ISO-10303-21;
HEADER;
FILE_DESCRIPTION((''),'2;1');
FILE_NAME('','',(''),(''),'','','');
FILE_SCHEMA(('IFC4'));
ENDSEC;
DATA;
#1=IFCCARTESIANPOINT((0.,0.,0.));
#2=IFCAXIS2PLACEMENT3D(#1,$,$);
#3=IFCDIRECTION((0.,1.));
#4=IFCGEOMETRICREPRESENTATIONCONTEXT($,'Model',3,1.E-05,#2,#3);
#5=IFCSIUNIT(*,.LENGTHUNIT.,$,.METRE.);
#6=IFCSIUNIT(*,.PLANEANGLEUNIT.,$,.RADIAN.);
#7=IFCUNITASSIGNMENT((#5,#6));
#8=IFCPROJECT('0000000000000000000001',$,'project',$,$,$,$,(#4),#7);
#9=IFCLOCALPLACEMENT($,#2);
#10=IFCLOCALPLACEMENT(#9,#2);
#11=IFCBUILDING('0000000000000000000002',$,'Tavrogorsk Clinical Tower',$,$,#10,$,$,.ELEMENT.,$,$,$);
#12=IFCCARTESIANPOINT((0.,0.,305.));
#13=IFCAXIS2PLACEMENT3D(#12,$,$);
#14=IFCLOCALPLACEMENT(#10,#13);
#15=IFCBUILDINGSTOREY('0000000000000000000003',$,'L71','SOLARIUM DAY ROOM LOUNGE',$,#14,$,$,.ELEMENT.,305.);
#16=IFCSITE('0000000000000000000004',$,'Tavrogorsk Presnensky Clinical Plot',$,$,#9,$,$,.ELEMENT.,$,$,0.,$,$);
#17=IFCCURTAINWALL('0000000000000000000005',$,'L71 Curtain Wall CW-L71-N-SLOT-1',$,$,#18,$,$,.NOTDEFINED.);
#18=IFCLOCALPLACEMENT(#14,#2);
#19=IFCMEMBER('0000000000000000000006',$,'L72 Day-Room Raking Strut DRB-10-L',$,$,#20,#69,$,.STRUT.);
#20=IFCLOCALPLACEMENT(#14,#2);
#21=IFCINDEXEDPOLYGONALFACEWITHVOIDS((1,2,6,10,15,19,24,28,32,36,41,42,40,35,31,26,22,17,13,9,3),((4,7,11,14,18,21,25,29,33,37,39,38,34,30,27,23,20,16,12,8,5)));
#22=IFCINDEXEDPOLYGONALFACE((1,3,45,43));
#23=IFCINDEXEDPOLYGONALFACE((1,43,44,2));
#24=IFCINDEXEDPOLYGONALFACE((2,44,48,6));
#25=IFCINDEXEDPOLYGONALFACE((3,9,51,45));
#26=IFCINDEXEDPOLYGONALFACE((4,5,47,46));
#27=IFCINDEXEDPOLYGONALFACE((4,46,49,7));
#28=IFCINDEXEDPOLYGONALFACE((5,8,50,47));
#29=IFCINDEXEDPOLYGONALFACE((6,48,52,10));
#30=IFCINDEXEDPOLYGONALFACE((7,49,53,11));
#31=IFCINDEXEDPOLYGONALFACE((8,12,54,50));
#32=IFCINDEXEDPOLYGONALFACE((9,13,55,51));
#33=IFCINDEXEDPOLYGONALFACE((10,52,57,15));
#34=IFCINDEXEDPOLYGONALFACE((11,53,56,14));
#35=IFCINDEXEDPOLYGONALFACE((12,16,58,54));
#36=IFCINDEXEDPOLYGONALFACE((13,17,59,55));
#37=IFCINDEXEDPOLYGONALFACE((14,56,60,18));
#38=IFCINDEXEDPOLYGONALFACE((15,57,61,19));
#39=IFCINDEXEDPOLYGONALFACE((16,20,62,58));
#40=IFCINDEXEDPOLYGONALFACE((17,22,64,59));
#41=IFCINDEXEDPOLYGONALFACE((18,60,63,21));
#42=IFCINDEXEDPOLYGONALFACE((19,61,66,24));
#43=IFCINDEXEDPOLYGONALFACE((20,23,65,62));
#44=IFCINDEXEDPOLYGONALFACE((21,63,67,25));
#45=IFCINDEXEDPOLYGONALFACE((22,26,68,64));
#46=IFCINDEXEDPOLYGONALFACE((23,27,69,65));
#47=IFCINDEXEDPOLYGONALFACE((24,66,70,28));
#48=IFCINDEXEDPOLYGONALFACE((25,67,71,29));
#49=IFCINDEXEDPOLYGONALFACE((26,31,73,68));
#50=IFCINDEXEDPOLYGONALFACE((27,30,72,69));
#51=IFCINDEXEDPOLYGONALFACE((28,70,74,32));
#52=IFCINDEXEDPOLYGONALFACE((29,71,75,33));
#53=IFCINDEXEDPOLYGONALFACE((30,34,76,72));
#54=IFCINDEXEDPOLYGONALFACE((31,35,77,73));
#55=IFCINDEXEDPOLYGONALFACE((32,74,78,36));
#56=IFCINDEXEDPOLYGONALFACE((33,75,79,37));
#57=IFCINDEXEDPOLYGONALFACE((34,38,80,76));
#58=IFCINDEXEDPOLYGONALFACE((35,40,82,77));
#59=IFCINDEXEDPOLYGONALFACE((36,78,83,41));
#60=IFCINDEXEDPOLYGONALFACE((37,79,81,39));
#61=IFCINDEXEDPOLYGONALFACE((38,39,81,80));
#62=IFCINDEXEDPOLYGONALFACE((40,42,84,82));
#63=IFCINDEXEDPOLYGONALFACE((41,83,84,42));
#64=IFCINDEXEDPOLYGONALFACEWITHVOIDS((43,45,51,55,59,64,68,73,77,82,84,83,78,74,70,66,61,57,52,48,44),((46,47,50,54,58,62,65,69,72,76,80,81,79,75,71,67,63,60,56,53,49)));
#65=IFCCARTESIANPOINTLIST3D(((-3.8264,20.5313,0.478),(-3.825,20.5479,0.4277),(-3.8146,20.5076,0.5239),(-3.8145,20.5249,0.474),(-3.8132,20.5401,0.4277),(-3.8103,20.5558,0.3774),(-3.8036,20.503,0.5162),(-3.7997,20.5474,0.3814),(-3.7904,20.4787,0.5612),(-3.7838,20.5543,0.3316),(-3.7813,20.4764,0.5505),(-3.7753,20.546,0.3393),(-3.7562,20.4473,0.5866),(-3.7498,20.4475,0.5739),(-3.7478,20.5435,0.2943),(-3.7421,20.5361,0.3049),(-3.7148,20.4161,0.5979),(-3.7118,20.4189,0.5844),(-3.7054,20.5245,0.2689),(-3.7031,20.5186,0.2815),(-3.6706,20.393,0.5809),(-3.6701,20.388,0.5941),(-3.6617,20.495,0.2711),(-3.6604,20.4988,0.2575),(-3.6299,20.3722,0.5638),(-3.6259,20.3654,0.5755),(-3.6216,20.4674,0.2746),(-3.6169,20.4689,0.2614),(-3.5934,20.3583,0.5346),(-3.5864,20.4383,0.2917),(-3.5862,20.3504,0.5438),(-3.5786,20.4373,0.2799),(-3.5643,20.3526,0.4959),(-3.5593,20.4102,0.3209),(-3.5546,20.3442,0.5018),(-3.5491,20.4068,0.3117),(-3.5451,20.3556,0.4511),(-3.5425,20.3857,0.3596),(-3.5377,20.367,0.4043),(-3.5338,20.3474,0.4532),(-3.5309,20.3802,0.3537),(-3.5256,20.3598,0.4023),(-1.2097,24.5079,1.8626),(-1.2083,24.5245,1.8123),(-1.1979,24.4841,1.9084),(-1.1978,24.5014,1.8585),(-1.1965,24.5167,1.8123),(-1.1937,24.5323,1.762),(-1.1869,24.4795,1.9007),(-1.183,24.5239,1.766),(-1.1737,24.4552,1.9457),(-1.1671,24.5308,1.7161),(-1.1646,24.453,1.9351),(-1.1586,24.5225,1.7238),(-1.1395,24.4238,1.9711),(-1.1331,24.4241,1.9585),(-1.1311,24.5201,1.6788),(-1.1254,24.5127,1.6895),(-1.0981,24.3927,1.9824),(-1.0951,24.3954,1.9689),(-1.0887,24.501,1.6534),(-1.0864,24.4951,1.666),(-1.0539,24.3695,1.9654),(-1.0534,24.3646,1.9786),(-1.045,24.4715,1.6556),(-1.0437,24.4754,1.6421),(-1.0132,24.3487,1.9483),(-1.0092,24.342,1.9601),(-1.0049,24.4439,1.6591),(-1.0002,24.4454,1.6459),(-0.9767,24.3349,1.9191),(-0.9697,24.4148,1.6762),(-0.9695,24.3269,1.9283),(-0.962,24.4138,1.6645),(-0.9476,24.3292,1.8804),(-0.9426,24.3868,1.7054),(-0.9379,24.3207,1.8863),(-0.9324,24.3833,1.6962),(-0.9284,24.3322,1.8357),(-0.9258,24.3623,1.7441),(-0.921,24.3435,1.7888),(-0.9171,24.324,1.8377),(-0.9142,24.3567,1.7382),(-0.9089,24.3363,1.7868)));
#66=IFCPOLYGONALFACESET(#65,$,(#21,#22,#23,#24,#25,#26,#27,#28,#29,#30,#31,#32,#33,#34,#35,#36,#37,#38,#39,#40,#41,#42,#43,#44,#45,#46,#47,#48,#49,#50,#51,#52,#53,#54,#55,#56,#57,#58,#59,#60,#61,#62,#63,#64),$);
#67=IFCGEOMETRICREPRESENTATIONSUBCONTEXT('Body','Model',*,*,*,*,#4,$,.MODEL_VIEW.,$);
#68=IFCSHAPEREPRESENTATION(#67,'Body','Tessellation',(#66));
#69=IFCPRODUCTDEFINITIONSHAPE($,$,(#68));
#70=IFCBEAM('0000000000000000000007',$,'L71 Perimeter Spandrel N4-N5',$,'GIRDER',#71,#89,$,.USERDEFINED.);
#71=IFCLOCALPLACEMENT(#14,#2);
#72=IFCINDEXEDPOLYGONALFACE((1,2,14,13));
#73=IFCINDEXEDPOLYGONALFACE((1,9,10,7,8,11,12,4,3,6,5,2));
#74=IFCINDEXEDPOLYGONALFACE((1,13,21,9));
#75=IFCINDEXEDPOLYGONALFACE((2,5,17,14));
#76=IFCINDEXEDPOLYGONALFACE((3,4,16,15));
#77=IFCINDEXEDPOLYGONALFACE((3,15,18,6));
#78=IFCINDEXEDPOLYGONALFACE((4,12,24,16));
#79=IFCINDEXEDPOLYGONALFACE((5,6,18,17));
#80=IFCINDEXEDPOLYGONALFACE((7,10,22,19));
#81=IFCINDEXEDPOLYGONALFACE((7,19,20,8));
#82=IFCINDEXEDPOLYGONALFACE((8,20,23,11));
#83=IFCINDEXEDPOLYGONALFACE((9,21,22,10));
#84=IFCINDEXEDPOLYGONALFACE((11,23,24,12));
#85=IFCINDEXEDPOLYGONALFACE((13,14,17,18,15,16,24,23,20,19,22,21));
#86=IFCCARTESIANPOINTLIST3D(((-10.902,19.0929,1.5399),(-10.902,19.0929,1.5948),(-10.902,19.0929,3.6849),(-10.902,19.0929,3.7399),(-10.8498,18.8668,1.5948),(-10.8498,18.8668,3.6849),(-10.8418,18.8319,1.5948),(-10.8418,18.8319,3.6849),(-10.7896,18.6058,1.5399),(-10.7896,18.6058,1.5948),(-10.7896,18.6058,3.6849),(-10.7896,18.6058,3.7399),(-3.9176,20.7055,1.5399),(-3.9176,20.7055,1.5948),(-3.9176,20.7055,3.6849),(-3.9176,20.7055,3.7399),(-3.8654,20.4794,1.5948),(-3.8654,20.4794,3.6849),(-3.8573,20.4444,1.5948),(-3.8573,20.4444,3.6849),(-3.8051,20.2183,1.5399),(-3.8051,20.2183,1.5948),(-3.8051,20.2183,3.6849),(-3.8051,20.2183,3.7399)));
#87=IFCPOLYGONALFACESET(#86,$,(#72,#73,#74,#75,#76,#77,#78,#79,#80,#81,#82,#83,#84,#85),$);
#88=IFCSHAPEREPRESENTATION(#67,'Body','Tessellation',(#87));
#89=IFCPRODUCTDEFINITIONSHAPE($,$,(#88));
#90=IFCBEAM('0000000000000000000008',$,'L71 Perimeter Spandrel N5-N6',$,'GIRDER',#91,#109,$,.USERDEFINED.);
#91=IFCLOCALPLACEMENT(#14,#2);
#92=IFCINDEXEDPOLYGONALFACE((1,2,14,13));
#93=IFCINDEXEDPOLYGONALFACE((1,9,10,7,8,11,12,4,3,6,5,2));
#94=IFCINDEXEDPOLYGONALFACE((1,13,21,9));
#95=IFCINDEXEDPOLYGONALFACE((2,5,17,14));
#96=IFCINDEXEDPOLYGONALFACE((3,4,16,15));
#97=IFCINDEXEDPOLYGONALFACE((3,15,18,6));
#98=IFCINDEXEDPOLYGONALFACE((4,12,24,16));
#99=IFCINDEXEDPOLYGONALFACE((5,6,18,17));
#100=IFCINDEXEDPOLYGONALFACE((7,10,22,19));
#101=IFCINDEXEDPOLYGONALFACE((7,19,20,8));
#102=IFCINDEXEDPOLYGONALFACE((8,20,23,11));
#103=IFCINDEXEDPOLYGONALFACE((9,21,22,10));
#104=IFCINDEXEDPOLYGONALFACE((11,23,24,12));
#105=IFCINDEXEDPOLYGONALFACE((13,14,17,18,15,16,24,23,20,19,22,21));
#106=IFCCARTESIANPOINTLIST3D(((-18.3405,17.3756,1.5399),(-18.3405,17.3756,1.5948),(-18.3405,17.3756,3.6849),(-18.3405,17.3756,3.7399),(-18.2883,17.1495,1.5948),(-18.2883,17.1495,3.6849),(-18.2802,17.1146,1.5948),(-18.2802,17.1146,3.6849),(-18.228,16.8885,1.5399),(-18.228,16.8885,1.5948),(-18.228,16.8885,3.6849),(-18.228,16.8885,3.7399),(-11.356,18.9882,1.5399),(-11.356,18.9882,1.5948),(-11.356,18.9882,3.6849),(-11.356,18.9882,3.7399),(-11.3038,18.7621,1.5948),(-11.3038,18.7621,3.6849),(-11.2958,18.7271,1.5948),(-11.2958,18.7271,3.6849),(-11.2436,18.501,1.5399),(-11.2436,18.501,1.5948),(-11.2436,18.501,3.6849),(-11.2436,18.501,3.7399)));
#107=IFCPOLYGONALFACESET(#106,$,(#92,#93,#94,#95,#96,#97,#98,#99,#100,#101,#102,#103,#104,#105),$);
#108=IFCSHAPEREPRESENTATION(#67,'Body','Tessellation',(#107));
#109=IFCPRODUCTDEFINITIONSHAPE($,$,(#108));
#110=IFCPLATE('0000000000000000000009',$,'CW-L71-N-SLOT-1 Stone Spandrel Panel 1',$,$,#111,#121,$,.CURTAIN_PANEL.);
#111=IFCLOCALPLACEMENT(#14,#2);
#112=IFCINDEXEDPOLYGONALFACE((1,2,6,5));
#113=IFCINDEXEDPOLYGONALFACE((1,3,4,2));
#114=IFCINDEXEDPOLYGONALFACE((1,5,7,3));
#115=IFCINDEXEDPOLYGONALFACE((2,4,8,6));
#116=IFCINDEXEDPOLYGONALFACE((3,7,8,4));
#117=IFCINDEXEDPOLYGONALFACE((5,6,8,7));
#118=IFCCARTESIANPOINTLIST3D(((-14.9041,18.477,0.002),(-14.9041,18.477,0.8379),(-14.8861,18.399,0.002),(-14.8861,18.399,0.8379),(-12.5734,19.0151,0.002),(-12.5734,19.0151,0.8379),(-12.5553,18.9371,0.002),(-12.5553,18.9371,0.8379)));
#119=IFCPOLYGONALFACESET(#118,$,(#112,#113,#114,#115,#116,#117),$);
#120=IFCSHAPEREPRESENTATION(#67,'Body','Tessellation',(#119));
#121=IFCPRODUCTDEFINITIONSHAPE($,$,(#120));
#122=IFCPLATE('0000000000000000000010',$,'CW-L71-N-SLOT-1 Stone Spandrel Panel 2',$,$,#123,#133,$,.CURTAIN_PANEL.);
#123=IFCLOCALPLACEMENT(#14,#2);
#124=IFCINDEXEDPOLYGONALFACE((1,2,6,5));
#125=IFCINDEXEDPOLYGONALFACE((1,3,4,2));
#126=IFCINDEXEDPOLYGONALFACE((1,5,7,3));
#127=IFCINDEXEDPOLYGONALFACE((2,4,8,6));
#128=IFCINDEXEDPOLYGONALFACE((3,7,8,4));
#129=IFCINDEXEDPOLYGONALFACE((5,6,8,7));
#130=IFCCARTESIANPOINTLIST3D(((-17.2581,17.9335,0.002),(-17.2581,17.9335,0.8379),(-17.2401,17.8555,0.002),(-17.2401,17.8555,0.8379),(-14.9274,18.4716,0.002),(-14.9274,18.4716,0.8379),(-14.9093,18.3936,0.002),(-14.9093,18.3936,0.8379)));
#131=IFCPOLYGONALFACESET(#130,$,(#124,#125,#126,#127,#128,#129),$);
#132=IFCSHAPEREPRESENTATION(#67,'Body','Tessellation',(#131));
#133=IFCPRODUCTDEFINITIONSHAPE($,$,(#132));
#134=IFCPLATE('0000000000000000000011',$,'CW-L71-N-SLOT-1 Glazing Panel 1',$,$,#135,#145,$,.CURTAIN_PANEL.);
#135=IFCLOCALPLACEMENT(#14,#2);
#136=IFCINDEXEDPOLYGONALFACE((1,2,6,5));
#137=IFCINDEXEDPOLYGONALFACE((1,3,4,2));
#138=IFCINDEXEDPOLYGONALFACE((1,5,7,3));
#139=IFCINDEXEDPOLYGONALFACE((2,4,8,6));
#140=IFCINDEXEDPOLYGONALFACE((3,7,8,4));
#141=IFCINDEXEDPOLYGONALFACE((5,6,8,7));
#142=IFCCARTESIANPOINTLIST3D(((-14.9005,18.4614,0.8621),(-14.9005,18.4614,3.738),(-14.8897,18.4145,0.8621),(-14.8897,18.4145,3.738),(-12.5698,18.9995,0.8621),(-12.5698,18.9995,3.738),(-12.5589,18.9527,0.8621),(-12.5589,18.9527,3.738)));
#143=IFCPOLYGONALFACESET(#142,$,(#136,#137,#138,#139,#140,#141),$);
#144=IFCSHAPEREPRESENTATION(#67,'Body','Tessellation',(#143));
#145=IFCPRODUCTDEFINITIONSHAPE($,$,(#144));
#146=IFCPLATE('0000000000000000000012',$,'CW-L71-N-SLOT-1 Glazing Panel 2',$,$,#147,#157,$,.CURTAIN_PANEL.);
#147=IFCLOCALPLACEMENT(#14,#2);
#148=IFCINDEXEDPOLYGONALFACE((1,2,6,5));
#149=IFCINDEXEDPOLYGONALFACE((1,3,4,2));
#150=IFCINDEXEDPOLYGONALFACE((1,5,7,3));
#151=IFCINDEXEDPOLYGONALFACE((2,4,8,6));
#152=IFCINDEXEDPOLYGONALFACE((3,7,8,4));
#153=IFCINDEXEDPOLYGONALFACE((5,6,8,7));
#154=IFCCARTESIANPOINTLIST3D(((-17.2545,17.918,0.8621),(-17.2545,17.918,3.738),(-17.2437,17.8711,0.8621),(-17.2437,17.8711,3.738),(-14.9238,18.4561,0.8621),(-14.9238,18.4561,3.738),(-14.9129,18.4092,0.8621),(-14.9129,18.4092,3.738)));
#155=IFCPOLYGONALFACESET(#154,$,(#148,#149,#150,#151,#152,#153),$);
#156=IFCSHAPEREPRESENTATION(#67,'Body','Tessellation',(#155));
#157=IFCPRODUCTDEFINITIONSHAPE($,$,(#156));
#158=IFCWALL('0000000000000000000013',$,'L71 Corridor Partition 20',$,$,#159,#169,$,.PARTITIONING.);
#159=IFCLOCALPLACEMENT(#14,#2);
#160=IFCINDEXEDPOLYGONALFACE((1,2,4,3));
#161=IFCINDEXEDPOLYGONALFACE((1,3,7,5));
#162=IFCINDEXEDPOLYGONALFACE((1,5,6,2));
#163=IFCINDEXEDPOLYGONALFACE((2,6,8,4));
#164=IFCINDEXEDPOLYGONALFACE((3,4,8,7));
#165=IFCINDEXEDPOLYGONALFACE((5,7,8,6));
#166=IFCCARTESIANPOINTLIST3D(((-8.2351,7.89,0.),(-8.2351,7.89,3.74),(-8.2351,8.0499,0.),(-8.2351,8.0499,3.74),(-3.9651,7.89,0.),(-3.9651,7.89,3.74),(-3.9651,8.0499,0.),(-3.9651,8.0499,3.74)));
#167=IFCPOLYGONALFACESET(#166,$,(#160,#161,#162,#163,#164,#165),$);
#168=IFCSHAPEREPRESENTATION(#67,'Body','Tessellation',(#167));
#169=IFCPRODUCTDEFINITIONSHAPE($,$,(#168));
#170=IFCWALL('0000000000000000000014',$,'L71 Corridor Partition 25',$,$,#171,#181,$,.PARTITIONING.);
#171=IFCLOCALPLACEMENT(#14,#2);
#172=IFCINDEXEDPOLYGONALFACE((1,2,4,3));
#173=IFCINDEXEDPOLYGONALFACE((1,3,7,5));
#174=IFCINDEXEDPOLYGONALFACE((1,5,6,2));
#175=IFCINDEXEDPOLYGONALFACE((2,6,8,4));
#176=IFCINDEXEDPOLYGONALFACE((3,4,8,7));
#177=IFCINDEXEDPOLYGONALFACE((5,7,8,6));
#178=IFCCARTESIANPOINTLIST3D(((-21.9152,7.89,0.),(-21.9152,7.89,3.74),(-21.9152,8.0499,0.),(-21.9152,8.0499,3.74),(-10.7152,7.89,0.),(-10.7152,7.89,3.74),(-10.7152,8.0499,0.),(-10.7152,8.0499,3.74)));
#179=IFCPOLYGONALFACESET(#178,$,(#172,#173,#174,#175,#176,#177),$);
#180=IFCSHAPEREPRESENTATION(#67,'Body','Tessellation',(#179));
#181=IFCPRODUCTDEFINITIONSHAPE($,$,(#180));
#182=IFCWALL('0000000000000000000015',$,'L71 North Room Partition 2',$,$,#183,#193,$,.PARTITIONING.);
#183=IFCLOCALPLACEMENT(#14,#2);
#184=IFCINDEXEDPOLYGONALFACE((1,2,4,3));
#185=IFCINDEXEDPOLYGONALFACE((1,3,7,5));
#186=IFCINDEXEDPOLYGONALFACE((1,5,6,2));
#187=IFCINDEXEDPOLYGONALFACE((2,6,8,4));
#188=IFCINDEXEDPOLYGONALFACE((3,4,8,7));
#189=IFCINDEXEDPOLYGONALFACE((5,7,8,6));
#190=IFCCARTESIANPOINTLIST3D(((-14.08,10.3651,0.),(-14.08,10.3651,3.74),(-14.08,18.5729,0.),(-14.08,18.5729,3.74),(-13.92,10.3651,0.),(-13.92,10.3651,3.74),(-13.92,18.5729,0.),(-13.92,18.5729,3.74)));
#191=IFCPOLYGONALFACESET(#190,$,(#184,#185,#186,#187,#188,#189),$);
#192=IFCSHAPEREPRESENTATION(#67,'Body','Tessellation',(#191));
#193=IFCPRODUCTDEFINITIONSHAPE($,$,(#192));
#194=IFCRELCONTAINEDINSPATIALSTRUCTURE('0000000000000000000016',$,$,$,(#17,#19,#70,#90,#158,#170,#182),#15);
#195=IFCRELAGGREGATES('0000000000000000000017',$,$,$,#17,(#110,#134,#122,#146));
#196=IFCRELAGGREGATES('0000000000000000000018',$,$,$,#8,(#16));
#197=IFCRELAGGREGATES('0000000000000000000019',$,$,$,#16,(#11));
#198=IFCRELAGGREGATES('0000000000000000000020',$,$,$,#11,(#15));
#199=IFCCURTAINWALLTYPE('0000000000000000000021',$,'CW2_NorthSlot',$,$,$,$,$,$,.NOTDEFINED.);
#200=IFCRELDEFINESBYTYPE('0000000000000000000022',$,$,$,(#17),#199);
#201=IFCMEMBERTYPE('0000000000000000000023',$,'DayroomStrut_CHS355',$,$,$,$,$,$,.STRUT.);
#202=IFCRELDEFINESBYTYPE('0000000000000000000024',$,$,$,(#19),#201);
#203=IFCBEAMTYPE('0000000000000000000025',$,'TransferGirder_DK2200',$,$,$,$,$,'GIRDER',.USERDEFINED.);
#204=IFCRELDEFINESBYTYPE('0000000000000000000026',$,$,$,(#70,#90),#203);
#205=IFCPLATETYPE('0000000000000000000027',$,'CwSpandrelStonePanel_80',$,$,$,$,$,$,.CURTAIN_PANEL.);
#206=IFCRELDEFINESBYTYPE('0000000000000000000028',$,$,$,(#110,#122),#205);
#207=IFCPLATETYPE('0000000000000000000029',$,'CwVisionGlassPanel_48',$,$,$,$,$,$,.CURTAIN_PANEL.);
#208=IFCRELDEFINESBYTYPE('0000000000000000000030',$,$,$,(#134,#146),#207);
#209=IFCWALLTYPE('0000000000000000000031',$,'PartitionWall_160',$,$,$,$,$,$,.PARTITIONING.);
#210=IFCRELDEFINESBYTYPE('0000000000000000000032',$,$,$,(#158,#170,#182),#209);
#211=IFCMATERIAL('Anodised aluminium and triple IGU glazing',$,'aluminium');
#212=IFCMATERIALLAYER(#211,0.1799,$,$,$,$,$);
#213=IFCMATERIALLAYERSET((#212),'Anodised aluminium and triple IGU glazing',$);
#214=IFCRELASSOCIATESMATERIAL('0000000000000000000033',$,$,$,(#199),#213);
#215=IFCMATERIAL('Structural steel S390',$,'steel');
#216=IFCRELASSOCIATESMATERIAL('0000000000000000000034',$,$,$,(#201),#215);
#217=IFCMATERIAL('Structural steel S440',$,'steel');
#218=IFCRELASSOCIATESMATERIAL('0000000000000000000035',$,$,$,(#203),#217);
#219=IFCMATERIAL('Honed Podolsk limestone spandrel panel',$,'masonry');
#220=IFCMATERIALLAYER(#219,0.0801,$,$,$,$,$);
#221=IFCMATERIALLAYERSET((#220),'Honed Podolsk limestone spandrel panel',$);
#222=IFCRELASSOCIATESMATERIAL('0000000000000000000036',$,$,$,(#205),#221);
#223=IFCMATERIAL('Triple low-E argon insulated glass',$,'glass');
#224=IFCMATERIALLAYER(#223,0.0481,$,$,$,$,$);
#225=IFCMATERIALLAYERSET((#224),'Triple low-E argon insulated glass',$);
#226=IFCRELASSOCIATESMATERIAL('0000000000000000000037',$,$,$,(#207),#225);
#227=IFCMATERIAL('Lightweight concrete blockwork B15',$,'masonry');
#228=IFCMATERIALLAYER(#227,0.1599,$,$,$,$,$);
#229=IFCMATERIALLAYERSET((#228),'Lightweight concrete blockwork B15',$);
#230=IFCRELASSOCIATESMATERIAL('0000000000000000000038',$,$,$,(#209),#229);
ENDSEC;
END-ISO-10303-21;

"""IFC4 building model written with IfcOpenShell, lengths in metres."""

from ifc_helpers import new_model, si_unit, direction, frame, frame_2d, origin, origin_2d, place, context, subcontext, project, spatial, rectangle, hollow_circle, i_section, extrude, material, layer, layer_set, material_profile, profile_set, type_object, element, aggregate, save


model = new_model("IFC4")

# Units and contexts
model_context = context("Model", 3, precision=1e-05, world=origin(), true_north=direction((0.0, 1.0)))
body_context = subcontext(model_context, "Body", "Model", "MODEL_VIEW")
ifc_project = project(units=[si_unit("LENGTHUNIT", "METRE"), si_unit("PLANEANGLEUNIT", "RADIAN")], contexts=[model_context])

# Site, building, storey
site_placement = place(None, origin())
site = spatial("IfcSite", under=ifc_project, at=site_placement, Name="Tavrogorsk Presnensky Clinical Plot", CompositionType="ELEMENT", RefElevation=0.0)
building_placement = place(site_placement, origin())
building = spatial("IfcBuilding", under=site, at=building_placement, Name="Tavrogorsk Clinical Tower", CompositionType="ELEMENT")
storey_placement = place(building_placement, frame((0.0, 0.0, 305.0)))
storey = spatial("IfcBuildingStorey", under=building, at=storey_placement, Name="L71", Description="SOLARIUM DAY ROOM LOUNGE", CompositionType="ELEMENT", Elevation=305.0)

# Curtain wall
ifc_material_1 = material(Name="Anodised aluminium and triple IGU glazing", Category="aluminium")
ifc_layer_1 = layer(ifc_material_1, 0.1799)
ifc_layer_set_1 = layer_set([ifc_layer_1], Name="Anodised aluminium and triple IGU glazing")
curtain_wall_type = type_object("IfcCurtainWallType", Name="CW2_NorthSlot", PredefinedType="NOTDEFINED", material=ifc_layer_set_1)
curtain_wall_placement = place(storey_placement, origin())
curtain_wall = element("IfcCurtainWall", 1, at=curtain_wall_placement, inside=storey, type_object=curtain_wall_type, Name="L71 Curtain Wall CW-L71-N-SLOT-1", PredefinedType="NOTDEFINED")

# Member
ifc_material_2 = material(Name="Structural steel S390", Category="steel")
ifc_material_profile_1 = material_profile(ifc_material_2, hollow_circle(Radius=0.1777, WallThickness=0.0142, at=origin_2d()), Name="CHS-355.6x14.2")
ifc_profile_set_1 = profile_set([ifc_material_profile_1], Name="Structural steel S390")
member_type_1 = type_object("IfcMemberType", Name="DayroomStrut_CHS355", PredefinedType="STRUT", material=ifc_profile_set_1)
member_1_placement = place(storey_placement, frame((-3.6765, 20.4502, 0.4277), z_axis=(0.527824, 0.802126, 0.279277), x_axis=(-0.835365, 0.549696, 0.0)))
element("IfcMember", 2, at=member_1_placement, inside=storey, type_object=member_type_1, Name="L72 Day-Room Raking Strut DRB-10-L", PredefinedType="STRUT", context=body_context, shape_type="SweptSolid", body=[
    extrude(hollow_circle(Radius=0.1777, WallThickness=0.0142, at=origin_2d()), origin(), (0.0, 0.0, 1.0), 4.9575),
])

# Beams
ifc_material_3 = material(Name="Structural steel S440", Category="steel")
ifc_material_profile_2 = material_profile(ifc_material_3, i_section(OverallWidth=0.5, OverallDepth=2.2, WebThickness=0.0359, FlangeThickness=0.0549, at=origin_2d()), Name="DK-2200x500x36x55")
ifc_profile_set_2 = profile_set([ifc_material_profile_2], Name="Structural steel S440")
beam_type = type_object("IfcBeamType", Name="TransferGirder_DK2200", ElementType="GIRDER", PredefinedType="USERDEFINED", material=ifc_profile_set_2)
for number, where, z_axis, x_axis, name in (
    (3, (-3.8613, 20.4619, 2.6399), (-0.974368, -0.224961, 0.0), (0.224961, -0.974368, 0.0), "L71 Perimeter Spandrel N4-N5"),
    (4, (-11.2998, 18.7446, 2.6399), (-0.974368, -0.224961, 0.0), (0.224961, -0.974368, 0.0), "L71 Perimeter Spandrel N5-N6"),
):
    element("IfcBeam", number, at=place(storey_placement, frame(where, z_axis=z_axis, x_axis=x_axis)), inside=storey, type_object=beam_type, Name=name, ObjectType="GIRDER", PredefinedType="USERDEFINED", context=body_context, shape_type="SweptSolid", body=[
        extrude(i_section(OverallWidth=0.5, OverallDepth=2.2, WebThickness=0.0359, FlangeThickness=0.0549, at=origin_2d()), origin(), (0.0, 0.0, 1.0), 7.1682),
    ])

# Plates
ifc_material_4 = material(Name="Honed Podolsk limestone spandrel panel", Category="masonry")
ifc_layer_2 = layer(ifc_material_4, 0.0801)
ifc_layer_set_2 = layer_set([ifc_layer_2], Name="Honed Podolsk limestone spandrel panel")
plate_type_1 = type_object("IfcPlateType", Name="CwSpandrelStonePanel_80", PredefinedType="CURTAIN_PANEL", material=ifc_layer_set_2)
plate_1_placement = place(storey_placement, frame((-13.7297, 18.707, 0.002), z_axis=(0.0, 0.0, 1.0), x_axis=(-0.97437, -0.224951, 0.0)))
plate_1 = element("IfcPlate", 5, at=plate_1_placement, type_object=plate_type_1, Name="CW-L71-N-SLOT-1 Stone Spandrel Panel 1", PredefinedType="CURTAIN_PANEL", context=body_context, shape_type="SweptSolid", body=[
    extrude(rectangle(XDim=2.3921, YDim=0.0801, at=origin_2d()), origin(), (0.0, 0.0, 1.0), 0.8359),
])
plate_2_placement = place(storey_placement, frame((-16.0837, 18.1636, 0.002), z_axis=(0.0, 0.0, 1.0), x_axis=(-0.97437, -0.224951, 0.0)))
plate_2 = element("IfcPlate", 6, at=plate_2_placement, type_object=plate_type_1, Name="CW-L71-N-SLOT-1 Stone Spandrel Panel 2", PredefinedType="CURTAIN_PANEL", context=body_context, shape_type="SweptSolid", body=[
    extrude(rectangle(XDim=2.3921, YDim=0.0801, at=origin_2d()), origin(), (0.0, 0.0, 1.0), 0.8359),
])
ifc_material_5 = material(Name="Triple low-E argon insulated glass", Category="glass")
ifc_layer_3 = layer(ifc_material_5, 0.0481)
ifc_layer_set_3 = layer_set([ifc_layer_3], Name="Triple low-E argon insulated glass")
plate_type_2 = type_object("IfcPlateType", Name="CwVisionGlassPanel_48", PredefinedType="CURTAIN_PANEL", material=ifc_layer_set_3)
plate_3_placement = place(storey_placement, frame((-13.7297, 18.707, 0.8621), z_axis=(0.0, 0.0, 1.0), x_axis=(-0.97437, -0.224951, 0.0)))
plate_3 = element("IfcPlate", 7, at=plate_3_placement, type_object=plate_type_2, Name="CW-L71-N-SLOT-1 Glazing Panel 1", PredefinedType="CURTAIN_PANEL", context=body_context, shape_type="SweptSolid", body=[
    extrude(rectangle(XDim=2.3921, YDim=0.0481, at=origin_2d()), origin(), (0.0, 0.0, 1.0), 2.876),
])
plate_4_placement = place(storey_placement, frame((-16.0837, 18.1636, 0.8621), z_axis=(0.0, 0.0, 1.0), x_axis=(-0.97437, -0.224951, 0.0)))
plate_4 = element("IfcPlate", 8, at=plate_4_placement, type_object=plate_type_2, Name="CW-L71-N-SLOT-1 Glazing Panel 2", PredefinedType="CURTAIN_PANEL", context=body_context, shape_type="SweptSolid", body=[
    extrude(rectangle(XDim=2.3921, YDim=0.0481, at=origin_2d()), origin(), (0.0, 0.0, 1.0), 2.876),
])
aggregate(curtain_wall, [plate_1, plate_3, plate_2, plate_4])

# Walls
ifc_material_6 = material(Name="Lightweight concrete blockwork B15", Category="masonry")
ifc_layer_4 = layer(ifc_material_6, 0.1599)
ifc_layer_set_4 = layer_set([ifc_layer_4], Name="Lightweight concrete blockwork B15")
wall_type_1 = type_object("IfcWallType", Name="PartitionWall_160", PredefinedType="PARTITIONING", material=ifc_layer_set_4)
wall_1_placement = place(storey_placement, frame((-3.9651, 7.97, 0.0), z_axis=(0.0, 0.0, 1.0), x_axis=(-1.0, 0.0, 0.0)))
element("IfcWall", 9, at=wall_1_placement, inside=storey, type_object=wall_type_1, Name="L71 Corridor Partition 20", PredefinedType="PARTITIONING", context=body_context, shape_type="SweptSolid", body=[
    extrude(rectangle(XDim=4.27, YDim=0.1599, at=frame_2d((2.135, 0.0))), origin(), (0.0, 0.0, 1.0), 3.74),
])
wall_2_placement = place(storey_placement, frame((-10.7151, 7.97, 0.0), z_axis=(0.0, 0.0, 1.0), x_axis=(-1.0, 0.0, 0.0)))
element("IfcWall", 10, at=wall_2_placement, inside=storey, type_object=wall_type_1, Name="L71 Corridor Partition 25", PredefinedType="PARTITIONING", context=body_context, shape_type="SweptSolid", body=[
    extrude(rectangle(XDim=11.2, YDim=0.1599, at=frame_2d((5.6001, 0.0))), origin(), (0.0, 0.0, 1.0), 3.74),
])
wall_3_placement = place(storey_placement, frame((-14.0, 10.365, 0.0), z_axis=(0.0, 0.0, 1.0), x_axis=(0.0, 1.0, 0.0)))
element("IfcWall", 11, at=wall_3_placement, inside=storey, type_object=wall_type_1, Name="L71 North Room Partition 2", PredefinedType="PARTITIONING", context=body_context, shape_type="SweptSolid", body=[
    extrude(rectangle(XDim=8.2078, YDim=0.1599, at=frame_2d((4.104, 0.0))), origin(), (0.0, 0.0, 1.0), 3.74),
])

save(model, "model.ifc")
